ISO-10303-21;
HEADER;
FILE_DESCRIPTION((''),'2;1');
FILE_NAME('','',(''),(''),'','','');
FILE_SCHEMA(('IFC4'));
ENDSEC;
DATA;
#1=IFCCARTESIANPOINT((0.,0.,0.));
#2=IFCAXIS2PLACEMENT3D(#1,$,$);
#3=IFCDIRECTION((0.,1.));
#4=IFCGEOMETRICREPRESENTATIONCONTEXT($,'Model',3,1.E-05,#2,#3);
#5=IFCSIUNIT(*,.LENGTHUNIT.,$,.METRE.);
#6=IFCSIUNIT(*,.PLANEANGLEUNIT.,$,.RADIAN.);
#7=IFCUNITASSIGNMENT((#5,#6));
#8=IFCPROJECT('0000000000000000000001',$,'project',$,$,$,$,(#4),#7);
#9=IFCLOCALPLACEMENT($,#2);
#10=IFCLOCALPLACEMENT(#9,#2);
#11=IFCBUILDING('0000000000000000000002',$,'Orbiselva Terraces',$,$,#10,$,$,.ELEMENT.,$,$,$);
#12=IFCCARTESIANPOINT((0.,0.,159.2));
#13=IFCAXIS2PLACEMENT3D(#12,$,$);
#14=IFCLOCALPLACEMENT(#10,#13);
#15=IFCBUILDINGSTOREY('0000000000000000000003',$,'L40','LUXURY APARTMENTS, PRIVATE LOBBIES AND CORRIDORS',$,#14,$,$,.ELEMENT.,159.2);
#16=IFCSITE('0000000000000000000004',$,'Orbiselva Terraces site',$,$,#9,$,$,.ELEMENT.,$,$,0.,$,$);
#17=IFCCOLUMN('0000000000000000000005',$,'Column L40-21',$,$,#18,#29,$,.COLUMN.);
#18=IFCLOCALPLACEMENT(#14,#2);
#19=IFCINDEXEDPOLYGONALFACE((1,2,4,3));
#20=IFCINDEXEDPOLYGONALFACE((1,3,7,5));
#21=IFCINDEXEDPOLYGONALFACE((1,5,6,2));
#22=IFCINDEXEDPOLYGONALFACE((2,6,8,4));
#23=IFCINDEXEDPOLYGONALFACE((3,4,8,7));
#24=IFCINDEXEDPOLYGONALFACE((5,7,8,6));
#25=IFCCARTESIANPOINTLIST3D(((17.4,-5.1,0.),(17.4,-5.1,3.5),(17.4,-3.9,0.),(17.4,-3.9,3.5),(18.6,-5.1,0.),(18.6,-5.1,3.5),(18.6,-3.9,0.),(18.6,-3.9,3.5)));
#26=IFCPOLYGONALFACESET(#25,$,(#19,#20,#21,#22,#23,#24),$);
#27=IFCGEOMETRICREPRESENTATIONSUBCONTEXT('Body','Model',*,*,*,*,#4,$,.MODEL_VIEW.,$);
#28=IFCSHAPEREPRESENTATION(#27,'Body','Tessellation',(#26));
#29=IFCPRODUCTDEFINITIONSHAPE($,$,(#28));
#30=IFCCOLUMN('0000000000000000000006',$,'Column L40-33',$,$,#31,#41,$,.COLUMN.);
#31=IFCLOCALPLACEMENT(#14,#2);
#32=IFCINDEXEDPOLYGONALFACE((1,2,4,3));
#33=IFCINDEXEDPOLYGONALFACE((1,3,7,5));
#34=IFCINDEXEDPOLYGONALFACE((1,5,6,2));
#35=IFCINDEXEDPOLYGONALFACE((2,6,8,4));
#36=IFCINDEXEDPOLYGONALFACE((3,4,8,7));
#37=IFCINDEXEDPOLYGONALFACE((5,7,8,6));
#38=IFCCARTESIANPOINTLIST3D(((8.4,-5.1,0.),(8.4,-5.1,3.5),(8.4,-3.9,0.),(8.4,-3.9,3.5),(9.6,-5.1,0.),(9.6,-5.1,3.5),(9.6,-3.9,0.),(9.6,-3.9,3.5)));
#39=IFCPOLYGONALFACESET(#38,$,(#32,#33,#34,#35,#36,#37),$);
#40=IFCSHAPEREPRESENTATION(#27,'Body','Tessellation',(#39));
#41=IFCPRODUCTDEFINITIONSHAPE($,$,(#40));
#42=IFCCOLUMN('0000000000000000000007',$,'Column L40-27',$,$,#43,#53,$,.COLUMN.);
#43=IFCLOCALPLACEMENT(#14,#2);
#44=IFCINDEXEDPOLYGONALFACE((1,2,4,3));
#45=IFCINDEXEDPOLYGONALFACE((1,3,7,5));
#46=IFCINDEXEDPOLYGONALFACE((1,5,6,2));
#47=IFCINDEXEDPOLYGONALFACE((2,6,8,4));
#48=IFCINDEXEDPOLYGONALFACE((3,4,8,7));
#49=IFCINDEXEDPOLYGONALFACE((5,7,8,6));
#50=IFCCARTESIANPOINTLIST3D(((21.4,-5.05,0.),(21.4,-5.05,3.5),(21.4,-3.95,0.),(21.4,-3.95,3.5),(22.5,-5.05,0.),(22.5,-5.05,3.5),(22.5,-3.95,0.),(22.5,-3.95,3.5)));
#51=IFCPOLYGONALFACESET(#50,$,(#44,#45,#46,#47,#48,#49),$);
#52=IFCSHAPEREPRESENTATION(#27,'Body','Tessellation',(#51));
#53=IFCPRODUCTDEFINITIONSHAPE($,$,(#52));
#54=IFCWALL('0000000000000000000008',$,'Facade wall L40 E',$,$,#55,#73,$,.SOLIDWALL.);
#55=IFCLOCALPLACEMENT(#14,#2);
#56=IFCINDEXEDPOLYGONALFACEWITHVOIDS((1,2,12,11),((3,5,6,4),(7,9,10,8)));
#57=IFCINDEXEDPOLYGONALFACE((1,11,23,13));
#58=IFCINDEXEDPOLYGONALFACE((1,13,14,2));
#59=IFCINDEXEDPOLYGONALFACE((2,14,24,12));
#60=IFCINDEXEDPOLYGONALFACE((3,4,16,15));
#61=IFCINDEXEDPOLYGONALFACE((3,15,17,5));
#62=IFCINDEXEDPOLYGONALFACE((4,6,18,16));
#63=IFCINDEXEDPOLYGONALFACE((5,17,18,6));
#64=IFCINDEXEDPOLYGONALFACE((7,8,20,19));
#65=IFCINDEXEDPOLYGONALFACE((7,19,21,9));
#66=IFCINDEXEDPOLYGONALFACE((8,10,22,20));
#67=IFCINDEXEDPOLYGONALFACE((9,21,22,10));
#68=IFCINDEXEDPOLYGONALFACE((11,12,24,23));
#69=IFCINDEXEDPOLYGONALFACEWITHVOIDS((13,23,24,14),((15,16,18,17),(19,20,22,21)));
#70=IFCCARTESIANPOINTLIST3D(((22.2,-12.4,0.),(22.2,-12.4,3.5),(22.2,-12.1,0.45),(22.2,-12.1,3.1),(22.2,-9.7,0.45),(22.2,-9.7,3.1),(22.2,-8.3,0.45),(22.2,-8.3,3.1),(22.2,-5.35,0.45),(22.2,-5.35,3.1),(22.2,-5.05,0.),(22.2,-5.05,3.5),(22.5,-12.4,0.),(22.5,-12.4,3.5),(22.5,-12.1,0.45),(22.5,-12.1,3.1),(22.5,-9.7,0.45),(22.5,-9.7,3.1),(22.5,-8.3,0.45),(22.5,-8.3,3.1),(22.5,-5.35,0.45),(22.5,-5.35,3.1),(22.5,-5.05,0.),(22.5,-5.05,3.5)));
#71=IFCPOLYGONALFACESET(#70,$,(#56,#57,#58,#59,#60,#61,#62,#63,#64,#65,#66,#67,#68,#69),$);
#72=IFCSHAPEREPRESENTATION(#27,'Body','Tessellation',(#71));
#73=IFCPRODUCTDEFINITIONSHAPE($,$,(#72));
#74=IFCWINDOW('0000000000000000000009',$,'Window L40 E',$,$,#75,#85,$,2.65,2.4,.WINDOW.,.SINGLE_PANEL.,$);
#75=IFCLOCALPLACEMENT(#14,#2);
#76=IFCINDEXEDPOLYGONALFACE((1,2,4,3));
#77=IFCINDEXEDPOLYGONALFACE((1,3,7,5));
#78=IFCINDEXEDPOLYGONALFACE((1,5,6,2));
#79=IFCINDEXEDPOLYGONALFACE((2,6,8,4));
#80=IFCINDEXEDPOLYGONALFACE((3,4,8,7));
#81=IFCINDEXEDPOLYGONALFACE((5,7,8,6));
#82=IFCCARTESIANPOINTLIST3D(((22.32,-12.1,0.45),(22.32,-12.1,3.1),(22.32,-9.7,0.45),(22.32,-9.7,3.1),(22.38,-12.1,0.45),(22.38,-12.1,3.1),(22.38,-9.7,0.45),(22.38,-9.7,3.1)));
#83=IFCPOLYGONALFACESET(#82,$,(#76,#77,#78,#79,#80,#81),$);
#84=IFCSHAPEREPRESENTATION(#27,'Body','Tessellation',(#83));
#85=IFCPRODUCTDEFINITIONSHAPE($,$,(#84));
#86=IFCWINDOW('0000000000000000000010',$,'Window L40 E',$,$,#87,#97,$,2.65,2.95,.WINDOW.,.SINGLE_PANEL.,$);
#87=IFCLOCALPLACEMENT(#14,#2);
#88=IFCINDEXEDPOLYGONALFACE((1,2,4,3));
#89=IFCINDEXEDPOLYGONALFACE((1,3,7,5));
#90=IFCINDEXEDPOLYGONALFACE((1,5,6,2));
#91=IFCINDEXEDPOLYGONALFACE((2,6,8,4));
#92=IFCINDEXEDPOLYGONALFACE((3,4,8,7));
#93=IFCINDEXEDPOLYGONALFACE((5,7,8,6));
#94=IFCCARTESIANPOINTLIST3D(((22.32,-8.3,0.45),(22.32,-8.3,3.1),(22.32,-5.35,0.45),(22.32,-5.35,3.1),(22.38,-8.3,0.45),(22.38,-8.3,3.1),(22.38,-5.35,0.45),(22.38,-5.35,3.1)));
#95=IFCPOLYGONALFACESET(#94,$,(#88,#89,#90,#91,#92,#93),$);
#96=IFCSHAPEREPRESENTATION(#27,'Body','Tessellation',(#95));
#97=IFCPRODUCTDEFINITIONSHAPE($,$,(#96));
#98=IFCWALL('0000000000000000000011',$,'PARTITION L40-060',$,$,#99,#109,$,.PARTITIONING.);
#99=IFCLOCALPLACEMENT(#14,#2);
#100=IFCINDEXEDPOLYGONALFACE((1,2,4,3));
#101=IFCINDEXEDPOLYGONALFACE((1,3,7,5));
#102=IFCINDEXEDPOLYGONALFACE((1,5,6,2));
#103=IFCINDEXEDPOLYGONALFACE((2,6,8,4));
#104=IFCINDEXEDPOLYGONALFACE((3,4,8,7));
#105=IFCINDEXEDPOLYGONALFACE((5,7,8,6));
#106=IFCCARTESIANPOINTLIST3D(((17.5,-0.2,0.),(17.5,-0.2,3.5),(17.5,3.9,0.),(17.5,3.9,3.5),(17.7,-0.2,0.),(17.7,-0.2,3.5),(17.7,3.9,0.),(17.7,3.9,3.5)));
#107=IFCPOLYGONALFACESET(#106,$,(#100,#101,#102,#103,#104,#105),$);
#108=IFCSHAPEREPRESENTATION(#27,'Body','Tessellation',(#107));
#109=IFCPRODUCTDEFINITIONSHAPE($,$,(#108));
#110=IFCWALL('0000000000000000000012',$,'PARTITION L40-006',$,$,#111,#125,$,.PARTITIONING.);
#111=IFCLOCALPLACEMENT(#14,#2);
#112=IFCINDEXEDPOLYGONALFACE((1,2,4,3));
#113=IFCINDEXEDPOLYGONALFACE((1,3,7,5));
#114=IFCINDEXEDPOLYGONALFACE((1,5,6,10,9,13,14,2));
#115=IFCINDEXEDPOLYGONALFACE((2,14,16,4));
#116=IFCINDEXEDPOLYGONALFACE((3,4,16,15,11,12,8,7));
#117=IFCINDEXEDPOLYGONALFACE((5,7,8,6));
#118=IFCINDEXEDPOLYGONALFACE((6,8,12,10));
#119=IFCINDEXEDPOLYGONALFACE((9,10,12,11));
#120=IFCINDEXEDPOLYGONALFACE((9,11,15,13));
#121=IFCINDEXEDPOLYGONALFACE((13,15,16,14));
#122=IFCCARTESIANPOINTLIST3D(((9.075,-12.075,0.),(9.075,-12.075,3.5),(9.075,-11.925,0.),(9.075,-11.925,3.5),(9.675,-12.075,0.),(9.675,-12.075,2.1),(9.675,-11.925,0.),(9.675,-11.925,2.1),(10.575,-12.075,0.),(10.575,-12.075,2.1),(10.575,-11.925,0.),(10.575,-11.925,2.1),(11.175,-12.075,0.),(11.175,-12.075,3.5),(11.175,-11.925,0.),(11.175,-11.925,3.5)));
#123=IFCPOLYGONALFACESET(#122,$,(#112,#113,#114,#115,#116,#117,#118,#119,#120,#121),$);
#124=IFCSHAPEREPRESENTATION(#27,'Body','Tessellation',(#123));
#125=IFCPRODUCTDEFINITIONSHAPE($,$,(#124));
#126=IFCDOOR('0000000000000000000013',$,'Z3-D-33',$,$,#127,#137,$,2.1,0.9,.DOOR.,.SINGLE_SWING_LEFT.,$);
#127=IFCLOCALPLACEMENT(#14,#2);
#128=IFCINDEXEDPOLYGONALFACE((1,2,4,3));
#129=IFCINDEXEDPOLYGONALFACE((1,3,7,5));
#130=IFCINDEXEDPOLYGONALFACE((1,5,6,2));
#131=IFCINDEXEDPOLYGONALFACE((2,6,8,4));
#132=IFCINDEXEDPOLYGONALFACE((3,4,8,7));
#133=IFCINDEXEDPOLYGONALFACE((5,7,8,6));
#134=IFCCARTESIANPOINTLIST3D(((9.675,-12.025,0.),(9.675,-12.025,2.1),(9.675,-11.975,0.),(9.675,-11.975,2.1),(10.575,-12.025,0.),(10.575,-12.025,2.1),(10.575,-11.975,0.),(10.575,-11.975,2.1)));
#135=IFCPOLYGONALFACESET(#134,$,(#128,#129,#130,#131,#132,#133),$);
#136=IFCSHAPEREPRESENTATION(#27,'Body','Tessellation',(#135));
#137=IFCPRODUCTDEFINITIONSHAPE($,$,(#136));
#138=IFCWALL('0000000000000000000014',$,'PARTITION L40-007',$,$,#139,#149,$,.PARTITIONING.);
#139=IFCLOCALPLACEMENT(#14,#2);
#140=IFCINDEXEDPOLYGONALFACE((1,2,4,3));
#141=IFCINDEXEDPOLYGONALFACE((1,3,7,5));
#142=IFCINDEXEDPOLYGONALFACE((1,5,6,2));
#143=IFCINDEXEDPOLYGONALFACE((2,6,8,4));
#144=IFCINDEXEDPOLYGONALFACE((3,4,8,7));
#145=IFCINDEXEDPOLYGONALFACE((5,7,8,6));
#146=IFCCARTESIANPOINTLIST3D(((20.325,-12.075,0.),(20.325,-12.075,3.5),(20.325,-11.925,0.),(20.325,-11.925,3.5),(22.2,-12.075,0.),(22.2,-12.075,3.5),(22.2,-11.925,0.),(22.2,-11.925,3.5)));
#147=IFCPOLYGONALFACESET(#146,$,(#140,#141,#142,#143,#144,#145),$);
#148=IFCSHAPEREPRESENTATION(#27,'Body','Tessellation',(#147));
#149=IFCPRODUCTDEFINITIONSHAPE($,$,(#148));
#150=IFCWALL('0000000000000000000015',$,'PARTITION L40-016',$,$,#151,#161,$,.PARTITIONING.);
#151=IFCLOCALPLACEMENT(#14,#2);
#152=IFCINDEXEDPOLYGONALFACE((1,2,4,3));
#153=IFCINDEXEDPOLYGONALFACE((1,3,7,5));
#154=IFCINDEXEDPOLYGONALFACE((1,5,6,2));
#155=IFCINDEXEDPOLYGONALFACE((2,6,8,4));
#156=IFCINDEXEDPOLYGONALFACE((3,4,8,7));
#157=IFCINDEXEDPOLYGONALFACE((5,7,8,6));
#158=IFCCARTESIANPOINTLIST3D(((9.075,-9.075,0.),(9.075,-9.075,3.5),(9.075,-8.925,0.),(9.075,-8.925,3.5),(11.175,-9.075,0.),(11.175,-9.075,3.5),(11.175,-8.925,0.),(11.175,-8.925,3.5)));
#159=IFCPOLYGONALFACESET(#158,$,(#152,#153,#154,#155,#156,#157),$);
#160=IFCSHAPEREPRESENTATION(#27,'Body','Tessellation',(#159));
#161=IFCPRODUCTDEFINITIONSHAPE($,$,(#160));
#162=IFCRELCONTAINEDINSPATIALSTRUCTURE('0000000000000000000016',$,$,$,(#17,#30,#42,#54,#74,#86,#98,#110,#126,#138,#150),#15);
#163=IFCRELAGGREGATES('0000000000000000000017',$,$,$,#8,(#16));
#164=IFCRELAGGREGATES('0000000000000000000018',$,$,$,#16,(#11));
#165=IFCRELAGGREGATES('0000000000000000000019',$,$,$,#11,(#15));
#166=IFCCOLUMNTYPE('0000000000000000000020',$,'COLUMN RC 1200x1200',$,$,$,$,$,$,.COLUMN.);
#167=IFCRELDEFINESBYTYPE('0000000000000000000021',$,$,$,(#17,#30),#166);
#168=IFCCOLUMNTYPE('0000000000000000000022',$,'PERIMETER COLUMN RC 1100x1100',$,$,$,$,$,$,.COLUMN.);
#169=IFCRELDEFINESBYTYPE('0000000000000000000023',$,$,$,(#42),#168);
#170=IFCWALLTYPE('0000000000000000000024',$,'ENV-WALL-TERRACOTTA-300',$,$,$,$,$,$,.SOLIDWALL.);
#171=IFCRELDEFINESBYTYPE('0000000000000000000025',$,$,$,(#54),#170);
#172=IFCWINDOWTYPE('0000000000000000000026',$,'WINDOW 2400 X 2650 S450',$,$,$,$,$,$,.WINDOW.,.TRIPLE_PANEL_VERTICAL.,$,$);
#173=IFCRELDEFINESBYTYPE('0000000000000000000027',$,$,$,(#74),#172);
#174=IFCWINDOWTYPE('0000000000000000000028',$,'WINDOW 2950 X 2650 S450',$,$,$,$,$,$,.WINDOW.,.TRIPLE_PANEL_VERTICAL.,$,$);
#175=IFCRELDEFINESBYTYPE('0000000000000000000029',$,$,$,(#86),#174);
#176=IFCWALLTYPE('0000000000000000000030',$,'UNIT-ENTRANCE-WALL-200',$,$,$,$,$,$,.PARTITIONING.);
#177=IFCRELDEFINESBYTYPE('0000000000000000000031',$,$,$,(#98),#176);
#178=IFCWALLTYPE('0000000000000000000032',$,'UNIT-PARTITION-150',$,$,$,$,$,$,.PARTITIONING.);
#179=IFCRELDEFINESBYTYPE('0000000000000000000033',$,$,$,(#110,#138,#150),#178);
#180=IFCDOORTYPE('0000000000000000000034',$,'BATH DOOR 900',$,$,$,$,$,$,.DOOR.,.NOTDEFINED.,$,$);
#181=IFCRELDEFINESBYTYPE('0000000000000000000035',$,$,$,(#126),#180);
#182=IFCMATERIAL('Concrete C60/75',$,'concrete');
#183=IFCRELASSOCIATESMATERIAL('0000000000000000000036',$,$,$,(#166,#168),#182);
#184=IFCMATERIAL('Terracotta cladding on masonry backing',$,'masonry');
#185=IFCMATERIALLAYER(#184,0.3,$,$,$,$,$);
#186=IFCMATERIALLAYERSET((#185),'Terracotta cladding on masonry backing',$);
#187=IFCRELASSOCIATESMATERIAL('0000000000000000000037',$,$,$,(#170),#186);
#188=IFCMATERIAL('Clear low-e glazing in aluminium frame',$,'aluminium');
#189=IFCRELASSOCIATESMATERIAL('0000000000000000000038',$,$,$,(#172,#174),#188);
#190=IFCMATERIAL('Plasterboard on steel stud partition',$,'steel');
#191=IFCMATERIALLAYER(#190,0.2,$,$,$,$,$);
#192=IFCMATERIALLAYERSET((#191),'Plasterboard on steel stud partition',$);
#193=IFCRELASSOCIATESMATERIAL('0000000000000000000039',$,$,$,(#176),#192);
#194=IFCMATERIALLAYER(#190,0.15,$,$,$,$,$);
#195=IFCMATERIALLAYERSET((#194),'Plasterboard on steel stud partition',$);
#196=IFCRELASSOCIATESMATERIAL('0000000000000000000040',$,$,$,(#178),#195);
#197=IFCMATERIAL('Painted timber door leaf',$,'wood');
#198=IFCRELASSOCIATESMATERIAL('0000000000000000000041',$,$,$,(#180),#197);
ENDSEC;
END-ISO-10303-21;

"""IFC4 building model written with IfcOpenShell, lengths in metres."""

from ifc_helpers import new_model, si_unit, direction, frame, frame_2d, origin, origin_2d, place, context, subcontext, project, spatial, rectangle, extrude, material, layer, layer_set, material_profile, profile_set, type_object, element, fill, save


model = new_model("IFC4")

# Units and contexts
model_context = context("Model", 3, precision=1e-05, world=origin(), true_north=direction((0.0, 1.0)))
body_context = subcontext(model_context, "Body", "Model", "MODEL_VIEW")
ifc_project = project(units=[si_unit("LENGTHUNIT", "METRE"), si_unit("PLANEANGLEUNIT", "RADIAN")], contexts=[model_context])

# Site, building, storey
site_placement = place(None, origin())
site = spatial("IfcSite", under=ifc_project, at=site_placement, Name="Orbiselva Terraces site", CompositionType="ELEMENT", RefElevation=0.0)
building_placement = place(site_placement, origin())
building = spatial("IfcBuilding", under=site, at=building_placement, Name="Orbiselva Terraces", CompositionType="ELEMENT")
storey_placement = place(building_placement, frame((0.0, 0.0, 159.2)))
storey = spatial("IfcBuildingStorey", under=building, at=storey_placement, Name="L40", Description="LUXURY APARTMENTS, PRIVATE LOBBIES AND CORRIDORS", CompositionType="ELEMENT", Elevation=159.2)

# Columns
ifc_material_1 = material(Name="Concrete C60/75", Category="concrete")
ifc_material_profile_1 = material_profile(ifc_material_1, rectangle(XDim=1.2, YDim=1.2, at=origin_2d()), Name="RC 1200x1200")
ifc_profile_set_1 = profile_set([ifc_material_profile_1], Name="Concrete C60/75")
column_type_1 = type_object("IfcColumnType", Name="COLUMN RC 1200x1200", PredefinedType="COLUMN", material=ifc_profile_set_1)
for number, where, z_axis, x_axis, name in (
    (1, (18.0, -4.5, 0.0), (0.0, 0.0, 1.0), (1.0, 0.0, 0.0), "Column L40-21"),
    (2, (9.0, -4.5, 0.0), (0.0, 0.0, 1.0), (1.0, 0.0, 0.0), "Column L40-33"),
):
    element("IfcColumn", number, at=place(storey_placement, frame(where, z_axis=z_axis, x_axis=x_axis)), inside=storey, type_object=column_type_1, Name=name, PredefinedType="COLUMN", context=body_context, shape_type="SweptSolid", body=[
        extrude(rectangle(XDim=1.2, YDim=1.2, at=origin_2d()), origin(), (0.0, 0.0, 1.0), 3.5),
    ])
ifc_material_profile_2 = material_profile(ifc_material_1, rectangle(XDim=1.1, YDim=1.1, at=origin_2d()), Name="RC 1100x1100")
ifc_profile_set_2 = profile_set([ifc_material_profile_2], Name="Concrete C60/75")
column_type_2 = type_object("IfcColumnType", Name="PERIMETER COLUMN RC 1100x1100", PredefinedType="COLUMN", material=ifc_profile_set_2)
column_placement = place(storey_placement, frame((21.95, -4.5, 0.0), z_axis=(0.0, 0.0, 1.0), x_axis=(1.0, 0.0, 0.0)))
element("IfcColumn", 3, at=column_placement, inside=storey, type_object=column_type_2, Name="Column L40-27", PredefinedType="COLUMN", context=body_context, shape_type="SweptSolid", body=[
    extrude(rectangle(XDim=1.1, YDim=1.1, at=origin_2d()), origin(), (0.0, 0.0, 1.0), 3.5),
])

# Wall, openings, windows
ifc_material_2 = material(Name="Terracotta cladding on masonry backing", Category="masonry")
ifc_layer_1 = layer(ifc_material_2, 0.3)
ifc_layer_set_1 = layer_set([ifc_layer_1], Name="Terracotta cladding on masonry backing")
wall_type_1 = type_object("IfcWallType", Name="ENV-WALL-TERRACOTTA-300", PredefinedType="SOLIDWALL", material=ifc_layer_set_1)
wall_1_placement = place(storey_placement, frame((22.35, -5.05, 0.0), z_axis=(0.0, 0.0, 1.0), x_axis=(0.0, -1.0, 0.0)))
wall_1 = element("IfcWall", 4, at=wall_1_placement, inside=storey, type_object=wall_type_1, Name="Facade wall L40 E", PredefinedType="SOLIDWALL", context=body_context, shape_type="SweptSolid", body=[
    extrude(rectangle(XDim=7.35, YDim=0.3, at=frame_2d((3.675, 0.0))), origin(), (0.0, 0.0, 1.0), 3.5),
])
opening_1_placement = place(wall_1_placement, frame((4.65, 0.0, 0.45)))
opening_1 = element("IfcOpeningElement", 5, at=opening_1_placement, cuts=wall_1, PredefinedType="OPENING", context=body_context, shape_type="SweptSolid", body=[
    extrude(rectangle(XDim=2.4, YDim=2.65, at=frame_2d((1.2, 1.325))), frame((0.0, 0.16, 0.0), z_axis=(0.0, -1.0, 0.0), x_axis=(1.0, 0.0, 0.0)), (0.0, 0.0, 1.0), 0.32),
])
opening_2_placement = place(wall_1_placement, frame((0.3, 0.0, 0.45)))
opening_2 = element("IfcOpeningElement", 6, at=opening_2_placement, cuts=wall_1, PredefinedType="OPENING", context=body_context, shape_type="SweptSolid", body=[
    extrude(rectangle(XDim=2.95, YDim=2.65, at=frame_2d((1.475, 1.325))), frame((0.0, 0.16, 0.0), z_axis=(0.0, -1.0, 0.0), x_axis=(1.0, 0.0, 0.0)), (0.0, 0.0, 1.0), 0.32),
])
ifc_material_3 = material(Name="Clear low-e glazing in aluminium frame", Category="aluminium")
window_type_1 = type_object("IfcWindowType", Name="WINDOW 2400 X 2650 S450", PartitioningType="TRIPLE_PANEL_VERTICAL", PredefinedType="WINDOW", material=ifc_material_3)
window_1_placement = place(opening_1_placement, origin())
window_1 = element("IfcWindow", 7, at=window_1_placement, inside=storey, type_object=window_type_1, Name="Window L40 E", OverallHeight=2.65, OverallWidth=2.4, PartitioningType="SINGLE_PANEL", PredefinedType="WINDOW", context=body_context, shape_type="SweptSolid", body=[
    extrude(rectangle(XDim=2.4, YDim=2.65, at=frame_2d((1.2, 1.325))), frame((0.0, 0.03, 0.0), z_axis=(0.0, -1.0, 0.0), x_axis=(1.0, 0.0, 0.0)), (0.0, 0.0, 1.0), 0.06),
])
fill(opening_1, window_1)
window_type_2 = type_object("IfcWindowType", Name="WINDOW 2950 X 2650 S450", PartitioningType="TRIPLE_PANEL_VERTICAL", PredefinedType="WINDOW", material=ifc_material_3)
window_2_placement = place(opening_2_placement, origin())
window_2 = element("IfcWindow", 8, at=window_2_placement, inside=storey, type_object=window_type_2, Name="Window L40 E", OverallHeight=2.65, OverallWidth=2.95, PartitioningType="SINGLE_PANEL", PredefinedType="WINDOW", context=body_context, shape_type="SweptSolid", body=[
    extrude(rectangle(XDim=2.95, YDim=2.65, at=frame_2d((1.475, 1.325))), frame((0.0, 0.03, 0.0), z_axis=(0.0, -1.0, 0.0), x_axis=(1.0, 0.0, 0.0)), (0.0, 0.0, 1.0), 0.06),
])
fill(opening_2, window_2)

# Wall
ifc_material_4 = material(Name="Plasterboard on steel stud partition", Category="steel")
ifc_layer_2 = layer(ifc_material_4, 0.2)
ifc_layer_set_2 = layer_set([ifc_layer_2], Name="Plasterboard on steel stud partition")
wall_type_2 = type_object("IfcWallType", Name="UNIT-ENTRANCE-WALL-200", PredefinedType="PARTITIONING", material=ifc_layer_set_2)
wall_2_placement = place(storey_placement, frame((17.6, -0.2, 0.0), z_axis=(0.0, 0.0, 1.0), x_axis=(0.0, 1.0, 0.0)))
element("IfcWall", 9, at=wall_2_placement, inside=storey, type_object=wall_type_2, Name="PARTITION L40-060", PredefinedType="PARTITIONING", context=body_context, shape_type="SweptSolid", body=[
    extrude(rectangle(XDim=4.1, YDim=0.2, at=frame_2d((2.05, 0.0))), origin(), (0.0, 0.0, 1.0), 3.5),
])

# Wall, opening, door
ifc_layer_3 = layer(ifc_material_4, 0.15)
ifc_layer_set_3 = layer_set([ifc_layer_3], Name="Plasterboard on steel stud partition")
wall_type_3 = type_object("IfcWallType", Name="UNIT-PARTITION-150", PredefinedType="PARTITIONING", material=ifc_layer_set_3)
wall_3_placement = place(storey_placement, frame((9.075, -12.0, 0.0), z_axis=(0.0, 0.0, 1.0), x_axis=(1.0, 0.0, 0.0)))
wall_3 = element("IfcWall", 10, at=wall_3_placement, inside=storey, type_object=wall_type_3, Name="PARTITION L40-006", PredefinedType="PARTITIONING", context=body_context, shape_type="SweptSolid", body=[
    extrude(rectangle(XDim=2.1, YDim=0.15, at=frame_2d((1.05, 0.0))), origin(), (0.0, 0.0, 1.0), 3.5),
])
opening_3_placement = place(wall_3_placement, frame((0.6, 0.0, 0.0)))
opening_3 = element("IfcOpeningElement", 11, at=opening_3_placement, cuts=wall_3, PredefinedType="OPENING", context=body_context, shape_type="SweptSolid", body=[
    extrude(rectangle(XDim=0.9, YDim=2.1, at=frame_2d((0.45, 1.05))), frame((0.0, 0.085, 0.0), z_axis=(0.0, -1.0, 0.0), x_axis=(1.0, 0.0, 0.0)), (0.0, 0.0, 1.0), 0.17),
])
ifc_material_5 = material(Name="Painted timber door leaf", Category="wood")
door_type_1 = type_object("IfcDoorType", Name="BATH DOOR 900", OperationType="NOTDEFINED", PredefinedType="DOOR", material=ifc_material_5)
door_1_placement = place(opening_3_placement, origin())
door_1 = element("IfcDoor", 12, at=door_1_placement, inside=storey, type_object=door_type_1, Name="Z3-D-33", OperationType="SINGLE_SWING_LEFT", OverallHeight=2.1, OverallWidth=0.9, PredefinedType="DOOR", context=body_context, shape_type="SweptSolid", body=[
    extrude(rectangle(XDim=0.9, YDim=2.1, at=frame_2d((0.45, 1.05))), frame((0.0, 0.025, 0.0), z_axis=(0.0, -1.0, 0.0), x_axis=(1.0, 0.0, 0.0)), (0.0, 0.0, 1.0), 0.05),
])
fill(opening_3, door_1)

# Walls
wall_4_placement = place(storey_placement, frame((20.325, -12.0, 0.0), z_axis=(0.0, 0.0, 1.0), x_axis=(1.0, 0.0, 0.0)))
element("IfcWall", 13, at=wall_4_placement, inside=storey, type_object=wall_type_3, Name="PARTITION L40-007", PredefinedType="PARTITIONING", context=body_context, shape_type="SweptSolid", body=[
    extrude(rectangle(XDim=1.875, YDim=0.15, at=frame_2d((0.9375, 0.0))), origin(), (0.0, 0.0, 1.0), 3.5),
])
wall_5_placement = place(storey_placement, frame((9.075, -9.0, 0.0), z_axis=(0.0, 0.0, 1.0), x_axis=(1.0, 0.0, 0.0)))
element("IfcWall", 14, at=wall_5_placement, inside=storey, type_object=wall_type_3, Name="PARTITION L40-016", PredefinedType="PARTITIONING", context=body_context, shape_type="SweptSolid", body=[
    extrude(rectangle(XDim=2.1, YDim=0.15, at=frame_2d((1.05, 0.0))), origin(), (0.0, 0.0, 1.0), 3.5),
])

save(model, "model.ifc")
